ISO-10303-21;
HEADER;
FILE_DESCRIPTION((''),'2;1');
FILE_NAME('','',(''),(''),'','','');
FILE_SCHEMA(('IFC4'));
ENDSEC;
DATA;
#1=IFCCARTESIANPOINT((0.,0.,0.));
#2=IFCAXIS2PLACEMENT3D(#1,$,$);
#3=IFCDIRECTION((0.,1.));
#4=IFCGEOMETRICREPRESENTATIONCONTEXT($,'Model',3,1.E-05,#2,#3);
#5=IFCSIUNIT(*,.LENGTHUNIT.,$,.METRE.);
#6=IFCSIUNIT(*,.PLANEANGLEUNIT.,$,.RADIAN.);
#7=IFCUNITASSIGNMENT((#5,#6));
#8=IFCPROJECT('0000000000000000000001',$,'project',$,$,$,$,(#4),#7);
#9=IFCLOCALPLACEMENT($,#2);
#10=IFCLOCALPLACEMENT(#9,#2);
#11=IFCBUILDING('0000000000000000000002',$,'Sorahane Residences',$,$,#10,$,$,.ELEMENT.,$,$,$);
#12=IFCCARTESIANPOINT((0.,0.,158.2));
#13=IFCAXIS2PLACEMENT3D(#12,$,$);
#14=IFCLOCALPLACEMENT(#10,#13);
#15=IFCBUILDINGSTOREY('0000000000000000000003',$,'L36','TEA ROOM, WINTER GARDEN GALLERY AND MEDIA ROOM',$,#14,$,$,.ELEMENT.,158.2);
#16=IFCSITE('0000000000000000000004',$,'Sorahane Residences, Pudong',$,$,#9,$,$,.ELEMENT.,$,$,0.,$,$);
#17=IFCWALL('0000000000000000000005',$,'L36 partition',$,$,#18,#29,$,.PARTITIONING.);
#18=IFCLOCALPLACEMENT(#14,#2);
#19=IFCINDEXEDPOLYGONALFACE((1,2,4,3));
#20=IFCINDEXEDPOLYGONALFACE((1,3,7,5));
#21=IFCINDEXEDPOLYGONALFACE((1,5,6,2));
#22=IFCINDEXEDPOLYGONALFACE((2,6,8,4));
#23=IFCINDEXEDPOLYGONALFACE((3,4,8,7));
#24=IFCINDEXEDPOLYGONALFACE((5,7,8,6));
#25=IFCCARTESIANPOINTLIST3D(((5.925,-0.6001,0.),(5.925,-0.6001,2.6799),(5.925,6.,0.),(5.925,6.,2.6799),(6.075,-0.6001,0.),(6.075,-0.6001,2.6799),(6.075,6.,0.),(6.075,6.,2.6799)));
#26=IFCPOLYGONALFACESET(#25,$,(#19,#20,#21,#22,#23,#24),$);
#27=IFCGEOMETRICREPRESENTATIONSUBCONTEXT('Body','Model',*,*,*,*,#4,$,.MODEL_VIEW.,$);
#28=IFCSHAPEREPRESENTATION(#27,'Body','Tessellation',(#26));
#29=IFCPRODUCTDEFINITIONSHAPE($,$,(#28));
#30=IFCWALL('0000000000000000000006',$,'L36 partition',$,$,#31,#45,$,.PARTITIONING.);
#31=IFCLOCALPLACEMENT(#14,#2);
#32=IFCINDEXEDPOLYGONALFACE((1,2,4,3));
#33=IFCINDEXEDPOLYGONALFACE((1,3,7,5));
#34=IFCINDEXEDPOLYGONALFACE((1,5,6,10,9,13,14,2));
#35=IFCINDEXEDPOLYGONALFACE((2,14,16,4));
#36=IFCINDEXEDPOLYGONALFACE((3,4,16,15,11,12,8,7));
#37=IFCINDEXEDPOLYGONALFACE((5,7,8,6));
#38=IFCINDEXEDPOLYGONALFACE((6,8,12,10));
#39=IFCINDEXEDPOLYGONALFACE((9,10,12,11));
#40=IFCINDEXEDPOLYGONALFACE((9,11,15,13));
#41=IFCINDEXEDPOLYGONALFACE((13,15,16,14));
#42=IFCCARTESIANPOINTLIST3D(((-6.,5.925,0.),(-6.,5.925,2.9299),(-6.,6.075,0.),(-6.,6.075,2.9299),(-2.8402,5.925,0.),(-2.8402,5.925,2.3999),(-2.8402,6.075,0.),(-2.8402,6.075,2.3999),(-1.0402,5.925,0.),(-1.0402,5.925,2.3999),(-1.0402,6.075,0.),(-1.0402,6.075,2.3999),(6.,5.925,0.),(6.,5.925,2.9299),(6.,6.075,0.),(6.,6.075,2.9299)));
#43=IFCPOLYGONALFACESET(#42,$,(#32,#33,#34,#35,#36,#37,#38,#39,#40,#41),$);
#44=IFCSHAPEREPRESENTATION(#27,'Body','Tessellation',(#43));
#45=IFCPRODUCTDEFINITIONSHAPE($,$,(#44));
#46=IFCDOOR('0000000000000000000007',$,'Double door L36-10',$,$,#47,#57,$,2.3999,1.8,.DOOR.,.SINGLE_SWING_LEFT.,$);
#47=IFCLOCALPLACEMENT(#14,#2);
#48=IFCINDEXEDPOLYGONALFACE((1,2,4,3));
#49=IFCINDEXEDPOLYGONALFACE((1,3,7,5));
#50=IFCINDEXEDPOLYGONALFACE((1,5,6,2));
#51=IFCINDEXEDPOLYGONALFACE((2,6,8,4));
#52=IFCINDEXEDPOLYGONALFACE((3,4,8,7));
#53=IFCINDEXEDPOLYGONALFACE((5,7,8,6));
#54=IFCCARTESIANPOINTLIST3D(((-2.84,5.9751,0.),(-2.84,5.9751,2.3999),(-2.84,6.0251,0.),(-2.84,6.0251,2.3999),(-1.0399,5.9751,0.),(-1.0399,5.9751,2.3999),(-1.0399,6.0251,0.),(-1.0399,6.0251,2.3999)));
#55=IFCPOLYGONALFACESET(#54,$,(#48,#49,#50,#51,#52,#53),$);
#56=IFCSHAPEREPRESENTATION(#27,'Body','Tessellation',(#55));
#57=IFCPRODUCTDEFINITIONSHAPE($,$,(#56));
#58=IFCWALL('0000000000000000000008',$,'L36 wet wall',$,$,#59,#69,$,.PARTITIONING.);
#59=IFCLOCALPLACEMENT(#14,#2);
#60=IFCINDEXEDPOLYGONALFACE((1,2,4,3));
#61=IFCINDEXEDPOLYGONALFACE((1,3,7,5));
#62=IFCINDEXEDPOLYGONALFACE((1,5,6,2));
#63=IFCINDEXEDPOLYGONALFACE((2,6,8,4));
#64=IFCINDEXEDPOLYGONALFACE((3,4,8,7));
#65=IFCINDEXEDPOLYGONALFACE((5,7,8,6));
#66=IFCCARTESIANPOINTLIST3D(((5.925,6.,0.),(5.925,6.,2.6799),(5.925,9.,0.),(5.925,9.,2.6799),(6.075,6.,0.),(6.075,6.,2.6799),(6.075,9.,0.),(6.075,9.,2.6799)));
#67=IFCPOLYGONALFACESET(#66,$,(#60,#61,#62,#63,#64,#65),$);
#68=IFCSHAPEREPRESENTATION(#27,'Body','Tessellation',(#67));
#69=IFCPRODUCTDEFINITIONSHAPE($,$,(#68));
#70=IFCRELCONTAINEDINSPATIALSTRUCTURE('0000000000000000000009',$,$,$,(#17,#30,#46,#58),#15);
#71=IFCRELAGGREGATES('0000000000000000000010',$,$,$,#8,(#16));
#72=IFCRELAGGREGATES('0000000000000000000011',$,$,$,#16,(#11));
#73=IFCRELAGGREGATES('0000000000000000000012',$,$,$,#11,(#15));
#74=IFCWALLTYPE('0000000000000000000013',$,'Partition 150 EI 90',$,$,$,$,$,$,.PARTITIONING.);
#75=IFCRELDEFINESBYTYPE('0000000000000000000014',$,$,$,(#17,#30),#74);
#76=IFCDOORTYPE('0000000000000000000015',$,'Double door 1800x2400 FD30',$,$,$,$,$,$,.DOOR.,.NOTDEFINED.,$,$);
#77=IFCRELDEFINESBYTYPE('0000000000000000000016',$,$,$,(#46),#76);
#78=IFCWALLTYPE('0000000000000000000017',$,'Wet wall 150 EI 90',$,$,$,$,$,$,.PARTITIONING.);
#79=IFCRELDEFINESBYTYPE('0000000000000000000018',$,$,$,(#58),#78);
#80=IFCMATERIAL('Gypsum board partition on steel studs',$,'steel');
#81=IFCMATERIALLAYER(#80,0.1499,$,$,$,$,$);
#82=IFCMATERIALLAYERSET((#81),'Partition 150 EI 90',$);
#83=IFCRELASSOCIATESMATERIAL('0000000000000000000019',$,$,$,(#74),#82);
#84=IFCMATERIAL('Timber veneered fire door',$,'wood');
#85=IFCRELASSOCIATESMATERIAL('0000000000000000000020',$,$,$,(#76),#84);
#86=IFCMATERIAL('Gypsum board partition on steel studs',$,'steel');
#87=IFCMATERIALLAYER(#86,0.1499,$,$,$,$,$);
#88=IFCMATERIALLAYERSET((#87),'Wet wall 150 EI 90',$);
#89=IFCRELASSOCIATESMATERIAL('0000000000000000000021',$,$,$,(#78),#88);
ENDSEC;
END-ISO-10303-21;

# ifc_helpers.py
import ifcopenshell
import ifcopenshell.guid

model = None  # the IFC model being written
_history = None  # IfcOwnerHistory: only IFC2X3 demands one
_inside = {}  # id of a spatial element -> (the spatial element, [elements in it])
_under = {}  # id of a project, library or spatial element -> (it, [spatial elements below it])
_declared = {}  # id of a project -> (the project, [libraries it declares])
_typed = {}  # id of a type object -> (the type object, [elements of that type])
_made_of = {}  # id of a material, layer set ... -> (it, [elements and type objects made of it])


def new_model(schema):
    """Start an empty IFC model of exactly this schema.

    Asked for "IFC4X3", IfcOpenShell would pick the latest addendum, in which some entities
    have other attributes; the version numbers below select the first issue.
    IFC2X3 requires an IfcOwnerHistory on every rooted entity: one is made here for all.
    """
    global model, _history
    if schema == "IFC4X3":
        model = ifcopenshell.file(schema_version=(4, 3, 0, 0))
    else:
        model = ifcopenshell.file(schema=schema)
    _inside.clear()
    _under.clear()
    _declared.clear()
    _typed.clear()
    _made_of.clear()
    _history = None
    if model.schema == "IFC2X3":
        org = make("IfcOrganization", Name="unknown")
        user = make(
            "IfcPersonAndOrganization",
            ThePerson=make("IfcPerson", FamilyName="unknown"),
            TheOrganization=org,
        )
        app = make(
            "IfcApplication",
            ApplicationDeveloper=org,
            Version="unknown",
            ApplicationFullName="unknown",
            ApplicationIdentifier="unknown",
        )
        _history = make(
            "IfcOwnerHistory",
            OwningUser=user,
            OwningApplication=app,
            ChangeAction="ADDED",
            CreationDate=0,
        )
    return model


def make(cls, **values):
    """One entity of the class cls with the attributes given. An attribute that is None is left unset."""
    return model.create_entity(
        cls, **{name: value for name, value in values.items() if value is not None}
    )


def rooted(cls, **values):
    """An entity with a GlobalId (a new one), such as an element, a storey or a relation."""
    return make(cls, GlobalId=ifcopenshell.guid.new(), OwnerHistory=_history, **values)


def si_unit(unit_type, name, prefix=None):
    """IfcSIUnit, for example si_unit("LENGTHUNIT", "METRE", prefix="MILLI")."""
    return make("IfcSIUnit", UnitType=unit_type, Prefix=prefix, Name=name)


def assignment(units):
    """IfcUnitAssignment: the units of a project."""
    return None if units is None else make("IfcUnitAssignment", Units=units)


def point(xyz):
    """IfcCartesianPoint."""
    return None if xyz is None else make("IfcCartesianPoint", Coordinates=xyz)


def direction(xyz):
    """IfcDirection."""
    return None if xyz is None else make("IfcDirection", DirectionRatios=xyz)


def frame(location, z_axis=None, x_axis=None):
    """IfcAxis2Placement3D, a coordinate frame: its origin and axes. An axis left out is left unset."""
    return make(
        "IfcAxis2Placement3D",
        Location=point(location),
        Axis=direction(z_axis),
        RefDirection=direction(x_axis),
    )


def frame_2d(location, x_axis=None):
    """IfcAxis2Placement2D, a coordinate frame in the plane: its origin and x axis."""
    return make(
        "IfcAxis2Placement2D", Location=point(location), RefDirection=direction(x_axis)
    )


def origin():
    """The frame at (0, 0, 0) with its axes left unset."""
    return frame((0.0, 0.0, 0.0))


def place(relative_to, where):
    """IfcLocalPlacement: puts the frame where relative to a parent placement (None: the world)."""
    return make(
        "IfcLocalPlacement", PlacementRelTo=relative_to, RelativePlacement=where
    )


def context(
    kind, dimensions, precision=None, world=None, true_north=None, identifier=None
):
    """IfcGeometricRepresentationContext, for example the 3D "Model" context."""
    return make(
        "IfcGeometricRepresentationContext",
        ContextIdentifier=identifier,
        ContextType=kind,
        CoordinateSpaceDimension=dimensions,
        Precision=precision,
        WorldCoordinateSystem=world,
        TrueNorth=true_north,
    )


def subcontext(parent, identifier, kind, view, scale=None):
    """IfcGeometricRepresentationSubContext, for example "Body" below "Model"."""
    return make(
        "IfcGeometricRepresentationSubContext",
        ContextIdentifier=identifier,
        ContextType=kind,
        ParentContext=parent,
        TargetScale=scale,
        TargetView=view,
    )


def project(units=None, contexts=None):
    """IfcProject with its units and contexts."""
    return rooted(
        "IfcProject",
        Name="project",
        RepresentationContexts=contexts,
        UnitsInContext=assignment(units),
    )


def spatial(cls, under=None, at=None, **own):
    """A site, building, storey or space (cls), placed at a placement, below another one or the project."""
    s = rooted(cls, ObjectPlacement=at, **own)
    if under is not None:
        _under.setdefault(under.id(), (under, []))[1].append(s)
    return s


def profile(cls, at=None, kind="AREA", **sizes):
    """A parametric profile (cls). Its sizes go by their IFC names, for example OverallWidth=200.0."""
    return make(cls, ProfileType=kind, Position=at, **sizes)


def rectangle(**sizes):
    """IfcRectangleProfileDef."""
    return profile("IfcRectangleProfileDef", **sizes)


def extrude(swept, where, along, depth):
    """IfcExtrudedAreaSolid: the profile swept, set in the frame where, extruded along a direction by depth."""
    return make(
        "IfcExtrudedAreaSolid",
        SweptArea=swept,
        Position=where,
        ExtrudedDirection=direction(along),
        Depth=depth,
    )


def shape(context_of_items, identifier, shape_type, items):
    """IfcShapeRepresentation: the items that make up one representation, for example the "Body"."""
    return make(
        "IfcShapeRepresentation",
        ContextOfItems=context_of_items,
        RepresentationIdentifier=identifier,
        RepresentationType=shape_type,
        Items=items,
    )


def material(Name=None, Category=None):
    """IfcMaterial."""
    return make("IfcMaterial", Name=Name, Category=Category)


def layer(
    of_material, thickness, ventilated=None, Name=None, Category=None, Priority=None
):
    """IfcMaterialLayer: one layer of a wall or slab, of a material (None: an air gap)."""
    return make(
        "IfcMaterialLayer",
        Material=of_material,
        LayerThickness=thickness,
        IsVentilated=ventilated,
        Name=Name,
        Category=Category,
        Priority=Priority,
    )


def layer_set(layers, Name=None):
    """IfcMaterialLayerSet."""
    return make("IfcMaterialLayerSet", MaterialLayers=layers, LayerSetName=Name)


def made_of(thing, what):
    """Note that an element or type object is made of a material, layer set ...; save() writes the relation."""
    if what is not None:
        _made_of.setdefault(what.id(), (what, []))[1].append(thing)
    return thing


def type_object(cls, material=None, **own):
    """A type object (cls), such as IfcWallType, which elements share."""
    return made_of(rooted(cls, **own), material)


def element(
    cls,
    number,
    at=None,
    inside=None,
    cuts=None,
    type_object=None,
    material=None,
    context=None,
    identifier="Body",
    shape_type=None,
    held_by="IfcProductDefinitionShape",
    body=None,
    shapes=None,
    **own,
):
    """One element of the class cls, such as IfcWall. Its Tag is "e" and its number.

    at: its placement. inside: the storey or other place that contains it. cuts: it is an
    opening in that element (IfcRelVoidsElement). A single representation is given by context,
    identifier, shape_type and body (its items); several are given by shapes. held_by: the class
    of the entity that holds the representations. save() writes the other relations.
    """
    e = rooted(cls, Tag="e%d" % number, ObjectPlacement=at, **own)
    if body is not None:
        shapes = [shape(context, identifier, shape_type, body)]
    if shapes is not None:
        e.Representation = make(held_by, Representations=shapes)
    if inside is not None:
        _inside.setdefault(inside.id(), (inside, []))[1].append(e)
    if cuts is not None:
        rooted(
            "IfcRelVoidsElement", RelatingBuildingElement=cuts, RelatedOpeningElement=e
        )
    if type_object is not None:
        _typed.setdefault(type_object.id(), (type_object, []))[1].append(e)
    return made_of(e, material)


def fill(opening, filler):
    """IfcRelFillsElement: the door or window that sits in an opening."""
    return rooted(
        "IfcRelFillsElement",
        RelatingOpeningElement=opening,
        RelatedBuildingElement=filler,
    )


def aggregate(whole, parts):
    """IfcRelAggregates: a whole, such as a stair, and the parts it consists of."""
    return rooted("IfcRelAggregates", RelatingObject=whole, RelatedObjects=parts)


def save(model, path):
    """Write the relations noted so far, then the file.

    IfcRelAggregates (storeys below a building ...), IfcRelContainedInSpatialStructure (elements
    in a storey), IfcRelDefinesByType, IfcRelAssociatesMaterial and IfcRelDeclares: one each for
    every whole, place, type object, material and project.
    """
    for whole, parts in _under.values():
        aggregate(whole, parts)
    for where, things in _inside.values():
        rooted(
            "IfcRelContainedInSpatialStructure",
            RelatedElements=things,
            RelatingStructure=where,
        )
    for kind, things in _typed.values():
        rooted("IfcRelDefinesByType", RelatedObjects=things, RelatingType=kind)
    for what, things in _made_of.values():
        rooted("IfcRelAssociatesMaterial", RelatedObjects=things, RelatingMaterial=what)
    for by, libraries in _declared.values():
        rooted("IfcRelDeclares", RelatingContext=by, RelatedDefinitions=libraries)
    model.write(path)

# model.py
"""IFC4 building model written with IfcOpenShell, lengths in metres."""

from ifc_helpers import new_model, si_unit, direction, frame, frame_2d, origin, place, context, subcontext, project, spatial, rectangle, extrude, material, layer, layer_set, type_object, element, fill, save


model = new_model("IFC4")

# Units and contexts
model_context = context("Model", 3, precision=1e-05, world=origin(), true_north=direction((0.0, 1.0)))
body_context = subcontext(model_context, "Body", "Model", "MODEL_VIEW")
ifc_project = project(units=[si_unit("LENGTHUNIT", "METRE"), si_unit("PLANEANGLEUNIT", "RADIAN")], contexts=[model_context])

# Site, building, storey
site_placement = place(None, origin())
site = spatial("IfcSite", under=ifc_project, at=site_placement, Name="Sorahane Residences, Pudong", CompositionType="ELEMENT", RefElevation=0.0)
building_placement = place(site_placement, origin())
building = spatial("IfcBuilding", under=site, at=building_placement, Name="Sorahane Residences", CompositionType="ELEMENT")
storey_placement = place(building_placement, frame((0.0, 0.0, 158.2)))
storey = spatial("IfcBuildingStorey", under=building, at=storey_placement, Name="L36", Description="TEA ROOM, WINTER GARDEN GALLERY AND MEDIA ROOM", CompositionType="ELEMENT", Elevation=158.2)

# Wall
ifc_material_1 = material(Name="Gypsum board partition on steel studs", Category="steel")
ifc_layer_1 = layer(ifc_material_1, 0.1499)
ifc_layer_set_1 = layer_set([ifc_layer_1], Name="Partition 150 EI 90")
wall_type_1 = type_object("IfcWallType", Name="Partition 150 EI 90", PredefinedType="PARTITIONING", material=ifc_layer_set_1)
wall_1_placement = place(storey_placement, frame((6.0, -0.6001, 0.0), z_axis=(0.0, 0.0, 1.0), x_axis=(0.0, 1.0, 0.0)))
element("IfcWall", 1, at=wall_1_placement, inside=storey, type_object=wall_type_1, Name="L36 partition", PredefinedType="PARTITIONING", context=body_context, shape_type="SweptSolid", body=[
    extrude(rectangle(XDim=6.6001, YDim=0.1499, at=frame_2d((3.3, 0.0))), origin(), (0.0, 0.0, 1.0), 2.6799),
])

# Wall, opening, door
wall_2_placement = place(storey_placement, frame((-6.0, 6.0, 0.0), z_axis=(0.0, 0.0, 1.0), x_axis=(1.0, 0.0, 0.0)))
wall_2 = element("IfcWall", 2, at=wall_2_placement, inside=storey, type_object=wall_type_1, Name="L36 partition", PredefinedType="PARTITIONING", context=body_context, shape_type="SweptSolid", body=[
    extrude(rectangle(XDim=12.0, YDim=0.1499, at=frame_2d((6.0, 0.0))), origin(), (0.0, 0.0, 1.0), 2.9299),
])
opening_placement = place(wall_2_placement, frame((3.1599, 0.0, 0.0)))
opening = element("IfcOpeningElement", 3, at=opening_placement, cuts=wall_2, PredefinedType="OPENING", context=body_context, shape_type="SweptSolid", body=[
    extrude(rectangle(XDim=1.8, YDim=2.3999, at=frame_2d((0.8999, 1.2))), frame((0.0, 0.085, 0.0), z_axis=(0.0, -1.0, 0.0), x_axis=(1.0, 0.0, 0.0)), (0.0, 0.0, 1.0), 0.1699),
])
ifc_material_2 = material(Name="Timber veneered fire door", Category="wood")
door_type = type_object("IfcDoorType", Name="Double door 1800x2400 FD30", OperationType="NOTDEFINED", PredefinedType="DOOR", material=ifc_material_2)
door_placement = place(opening_placement, frame((1.8, 0.0, 0.0), z_axis=(0.0, 0.0, 1.0), x_axis=(-1.0, 0.0, 0.0)))
door = element("IfcDoor", 4, at=door_placement, inside=storey, type_object=door_type, Name="Double door L36-10", OperationType="SINGLE_SWING_LEFT", OverallHeight=2.3999, OverallWidth=1.8, PredefinedType="DOOR", context=body_context, shape_type="SweptSolid", body=[
    extrude(rectangle(XDim=1.8, YDim=2.3999, at=frame_2d((0.8999, 1.2))), frame((0.0, 0.0249, 0.0), z_axis=(0.0, -1.0, 0.0), x_axis=(1.0, 0.0, 0.0)), (0.0, 0.0, 1.0), 0.05),
])
fill(opening, door)

# Wall
ifc_material_3 = material(Name="Gypsum board partition on steel studs", Category="steel")
ifc_layer_2 = layer(ifc_material_3, 0.1499)
ifc_layer_set_2 = layer_set([ifc_layer_2], Name="Wet wall 150 EI 90")
wall_type_2 = type_object("IfcWallType", Name="Wet wall 150 EI 90", PredefinedType="PARTITIONING", material=ifc_layer_set_2)
wall_3_placement = place(storey_placement, frame((6.0, 6.0, 0.0), z_axis=(0.0, 0.0, 1.0), x_axis=(0.0, 1.0, 0.0)))
element("IfcWall", 5, at=wall_3_placement, inside=storey, type_object=wall_type_2, Name="L36 wet wall", PredefinedType="PARTITIONING", context=body_context, shape_type="SweptSolid", body=[
    extrude(rectangle(XDim=3.0, YDim=0.1499, at=frame_2d((1.5, 0.0))), origin(), (0.0, 0.0, 1.0), 2.6799),
])

save(model, "model.ifc")
